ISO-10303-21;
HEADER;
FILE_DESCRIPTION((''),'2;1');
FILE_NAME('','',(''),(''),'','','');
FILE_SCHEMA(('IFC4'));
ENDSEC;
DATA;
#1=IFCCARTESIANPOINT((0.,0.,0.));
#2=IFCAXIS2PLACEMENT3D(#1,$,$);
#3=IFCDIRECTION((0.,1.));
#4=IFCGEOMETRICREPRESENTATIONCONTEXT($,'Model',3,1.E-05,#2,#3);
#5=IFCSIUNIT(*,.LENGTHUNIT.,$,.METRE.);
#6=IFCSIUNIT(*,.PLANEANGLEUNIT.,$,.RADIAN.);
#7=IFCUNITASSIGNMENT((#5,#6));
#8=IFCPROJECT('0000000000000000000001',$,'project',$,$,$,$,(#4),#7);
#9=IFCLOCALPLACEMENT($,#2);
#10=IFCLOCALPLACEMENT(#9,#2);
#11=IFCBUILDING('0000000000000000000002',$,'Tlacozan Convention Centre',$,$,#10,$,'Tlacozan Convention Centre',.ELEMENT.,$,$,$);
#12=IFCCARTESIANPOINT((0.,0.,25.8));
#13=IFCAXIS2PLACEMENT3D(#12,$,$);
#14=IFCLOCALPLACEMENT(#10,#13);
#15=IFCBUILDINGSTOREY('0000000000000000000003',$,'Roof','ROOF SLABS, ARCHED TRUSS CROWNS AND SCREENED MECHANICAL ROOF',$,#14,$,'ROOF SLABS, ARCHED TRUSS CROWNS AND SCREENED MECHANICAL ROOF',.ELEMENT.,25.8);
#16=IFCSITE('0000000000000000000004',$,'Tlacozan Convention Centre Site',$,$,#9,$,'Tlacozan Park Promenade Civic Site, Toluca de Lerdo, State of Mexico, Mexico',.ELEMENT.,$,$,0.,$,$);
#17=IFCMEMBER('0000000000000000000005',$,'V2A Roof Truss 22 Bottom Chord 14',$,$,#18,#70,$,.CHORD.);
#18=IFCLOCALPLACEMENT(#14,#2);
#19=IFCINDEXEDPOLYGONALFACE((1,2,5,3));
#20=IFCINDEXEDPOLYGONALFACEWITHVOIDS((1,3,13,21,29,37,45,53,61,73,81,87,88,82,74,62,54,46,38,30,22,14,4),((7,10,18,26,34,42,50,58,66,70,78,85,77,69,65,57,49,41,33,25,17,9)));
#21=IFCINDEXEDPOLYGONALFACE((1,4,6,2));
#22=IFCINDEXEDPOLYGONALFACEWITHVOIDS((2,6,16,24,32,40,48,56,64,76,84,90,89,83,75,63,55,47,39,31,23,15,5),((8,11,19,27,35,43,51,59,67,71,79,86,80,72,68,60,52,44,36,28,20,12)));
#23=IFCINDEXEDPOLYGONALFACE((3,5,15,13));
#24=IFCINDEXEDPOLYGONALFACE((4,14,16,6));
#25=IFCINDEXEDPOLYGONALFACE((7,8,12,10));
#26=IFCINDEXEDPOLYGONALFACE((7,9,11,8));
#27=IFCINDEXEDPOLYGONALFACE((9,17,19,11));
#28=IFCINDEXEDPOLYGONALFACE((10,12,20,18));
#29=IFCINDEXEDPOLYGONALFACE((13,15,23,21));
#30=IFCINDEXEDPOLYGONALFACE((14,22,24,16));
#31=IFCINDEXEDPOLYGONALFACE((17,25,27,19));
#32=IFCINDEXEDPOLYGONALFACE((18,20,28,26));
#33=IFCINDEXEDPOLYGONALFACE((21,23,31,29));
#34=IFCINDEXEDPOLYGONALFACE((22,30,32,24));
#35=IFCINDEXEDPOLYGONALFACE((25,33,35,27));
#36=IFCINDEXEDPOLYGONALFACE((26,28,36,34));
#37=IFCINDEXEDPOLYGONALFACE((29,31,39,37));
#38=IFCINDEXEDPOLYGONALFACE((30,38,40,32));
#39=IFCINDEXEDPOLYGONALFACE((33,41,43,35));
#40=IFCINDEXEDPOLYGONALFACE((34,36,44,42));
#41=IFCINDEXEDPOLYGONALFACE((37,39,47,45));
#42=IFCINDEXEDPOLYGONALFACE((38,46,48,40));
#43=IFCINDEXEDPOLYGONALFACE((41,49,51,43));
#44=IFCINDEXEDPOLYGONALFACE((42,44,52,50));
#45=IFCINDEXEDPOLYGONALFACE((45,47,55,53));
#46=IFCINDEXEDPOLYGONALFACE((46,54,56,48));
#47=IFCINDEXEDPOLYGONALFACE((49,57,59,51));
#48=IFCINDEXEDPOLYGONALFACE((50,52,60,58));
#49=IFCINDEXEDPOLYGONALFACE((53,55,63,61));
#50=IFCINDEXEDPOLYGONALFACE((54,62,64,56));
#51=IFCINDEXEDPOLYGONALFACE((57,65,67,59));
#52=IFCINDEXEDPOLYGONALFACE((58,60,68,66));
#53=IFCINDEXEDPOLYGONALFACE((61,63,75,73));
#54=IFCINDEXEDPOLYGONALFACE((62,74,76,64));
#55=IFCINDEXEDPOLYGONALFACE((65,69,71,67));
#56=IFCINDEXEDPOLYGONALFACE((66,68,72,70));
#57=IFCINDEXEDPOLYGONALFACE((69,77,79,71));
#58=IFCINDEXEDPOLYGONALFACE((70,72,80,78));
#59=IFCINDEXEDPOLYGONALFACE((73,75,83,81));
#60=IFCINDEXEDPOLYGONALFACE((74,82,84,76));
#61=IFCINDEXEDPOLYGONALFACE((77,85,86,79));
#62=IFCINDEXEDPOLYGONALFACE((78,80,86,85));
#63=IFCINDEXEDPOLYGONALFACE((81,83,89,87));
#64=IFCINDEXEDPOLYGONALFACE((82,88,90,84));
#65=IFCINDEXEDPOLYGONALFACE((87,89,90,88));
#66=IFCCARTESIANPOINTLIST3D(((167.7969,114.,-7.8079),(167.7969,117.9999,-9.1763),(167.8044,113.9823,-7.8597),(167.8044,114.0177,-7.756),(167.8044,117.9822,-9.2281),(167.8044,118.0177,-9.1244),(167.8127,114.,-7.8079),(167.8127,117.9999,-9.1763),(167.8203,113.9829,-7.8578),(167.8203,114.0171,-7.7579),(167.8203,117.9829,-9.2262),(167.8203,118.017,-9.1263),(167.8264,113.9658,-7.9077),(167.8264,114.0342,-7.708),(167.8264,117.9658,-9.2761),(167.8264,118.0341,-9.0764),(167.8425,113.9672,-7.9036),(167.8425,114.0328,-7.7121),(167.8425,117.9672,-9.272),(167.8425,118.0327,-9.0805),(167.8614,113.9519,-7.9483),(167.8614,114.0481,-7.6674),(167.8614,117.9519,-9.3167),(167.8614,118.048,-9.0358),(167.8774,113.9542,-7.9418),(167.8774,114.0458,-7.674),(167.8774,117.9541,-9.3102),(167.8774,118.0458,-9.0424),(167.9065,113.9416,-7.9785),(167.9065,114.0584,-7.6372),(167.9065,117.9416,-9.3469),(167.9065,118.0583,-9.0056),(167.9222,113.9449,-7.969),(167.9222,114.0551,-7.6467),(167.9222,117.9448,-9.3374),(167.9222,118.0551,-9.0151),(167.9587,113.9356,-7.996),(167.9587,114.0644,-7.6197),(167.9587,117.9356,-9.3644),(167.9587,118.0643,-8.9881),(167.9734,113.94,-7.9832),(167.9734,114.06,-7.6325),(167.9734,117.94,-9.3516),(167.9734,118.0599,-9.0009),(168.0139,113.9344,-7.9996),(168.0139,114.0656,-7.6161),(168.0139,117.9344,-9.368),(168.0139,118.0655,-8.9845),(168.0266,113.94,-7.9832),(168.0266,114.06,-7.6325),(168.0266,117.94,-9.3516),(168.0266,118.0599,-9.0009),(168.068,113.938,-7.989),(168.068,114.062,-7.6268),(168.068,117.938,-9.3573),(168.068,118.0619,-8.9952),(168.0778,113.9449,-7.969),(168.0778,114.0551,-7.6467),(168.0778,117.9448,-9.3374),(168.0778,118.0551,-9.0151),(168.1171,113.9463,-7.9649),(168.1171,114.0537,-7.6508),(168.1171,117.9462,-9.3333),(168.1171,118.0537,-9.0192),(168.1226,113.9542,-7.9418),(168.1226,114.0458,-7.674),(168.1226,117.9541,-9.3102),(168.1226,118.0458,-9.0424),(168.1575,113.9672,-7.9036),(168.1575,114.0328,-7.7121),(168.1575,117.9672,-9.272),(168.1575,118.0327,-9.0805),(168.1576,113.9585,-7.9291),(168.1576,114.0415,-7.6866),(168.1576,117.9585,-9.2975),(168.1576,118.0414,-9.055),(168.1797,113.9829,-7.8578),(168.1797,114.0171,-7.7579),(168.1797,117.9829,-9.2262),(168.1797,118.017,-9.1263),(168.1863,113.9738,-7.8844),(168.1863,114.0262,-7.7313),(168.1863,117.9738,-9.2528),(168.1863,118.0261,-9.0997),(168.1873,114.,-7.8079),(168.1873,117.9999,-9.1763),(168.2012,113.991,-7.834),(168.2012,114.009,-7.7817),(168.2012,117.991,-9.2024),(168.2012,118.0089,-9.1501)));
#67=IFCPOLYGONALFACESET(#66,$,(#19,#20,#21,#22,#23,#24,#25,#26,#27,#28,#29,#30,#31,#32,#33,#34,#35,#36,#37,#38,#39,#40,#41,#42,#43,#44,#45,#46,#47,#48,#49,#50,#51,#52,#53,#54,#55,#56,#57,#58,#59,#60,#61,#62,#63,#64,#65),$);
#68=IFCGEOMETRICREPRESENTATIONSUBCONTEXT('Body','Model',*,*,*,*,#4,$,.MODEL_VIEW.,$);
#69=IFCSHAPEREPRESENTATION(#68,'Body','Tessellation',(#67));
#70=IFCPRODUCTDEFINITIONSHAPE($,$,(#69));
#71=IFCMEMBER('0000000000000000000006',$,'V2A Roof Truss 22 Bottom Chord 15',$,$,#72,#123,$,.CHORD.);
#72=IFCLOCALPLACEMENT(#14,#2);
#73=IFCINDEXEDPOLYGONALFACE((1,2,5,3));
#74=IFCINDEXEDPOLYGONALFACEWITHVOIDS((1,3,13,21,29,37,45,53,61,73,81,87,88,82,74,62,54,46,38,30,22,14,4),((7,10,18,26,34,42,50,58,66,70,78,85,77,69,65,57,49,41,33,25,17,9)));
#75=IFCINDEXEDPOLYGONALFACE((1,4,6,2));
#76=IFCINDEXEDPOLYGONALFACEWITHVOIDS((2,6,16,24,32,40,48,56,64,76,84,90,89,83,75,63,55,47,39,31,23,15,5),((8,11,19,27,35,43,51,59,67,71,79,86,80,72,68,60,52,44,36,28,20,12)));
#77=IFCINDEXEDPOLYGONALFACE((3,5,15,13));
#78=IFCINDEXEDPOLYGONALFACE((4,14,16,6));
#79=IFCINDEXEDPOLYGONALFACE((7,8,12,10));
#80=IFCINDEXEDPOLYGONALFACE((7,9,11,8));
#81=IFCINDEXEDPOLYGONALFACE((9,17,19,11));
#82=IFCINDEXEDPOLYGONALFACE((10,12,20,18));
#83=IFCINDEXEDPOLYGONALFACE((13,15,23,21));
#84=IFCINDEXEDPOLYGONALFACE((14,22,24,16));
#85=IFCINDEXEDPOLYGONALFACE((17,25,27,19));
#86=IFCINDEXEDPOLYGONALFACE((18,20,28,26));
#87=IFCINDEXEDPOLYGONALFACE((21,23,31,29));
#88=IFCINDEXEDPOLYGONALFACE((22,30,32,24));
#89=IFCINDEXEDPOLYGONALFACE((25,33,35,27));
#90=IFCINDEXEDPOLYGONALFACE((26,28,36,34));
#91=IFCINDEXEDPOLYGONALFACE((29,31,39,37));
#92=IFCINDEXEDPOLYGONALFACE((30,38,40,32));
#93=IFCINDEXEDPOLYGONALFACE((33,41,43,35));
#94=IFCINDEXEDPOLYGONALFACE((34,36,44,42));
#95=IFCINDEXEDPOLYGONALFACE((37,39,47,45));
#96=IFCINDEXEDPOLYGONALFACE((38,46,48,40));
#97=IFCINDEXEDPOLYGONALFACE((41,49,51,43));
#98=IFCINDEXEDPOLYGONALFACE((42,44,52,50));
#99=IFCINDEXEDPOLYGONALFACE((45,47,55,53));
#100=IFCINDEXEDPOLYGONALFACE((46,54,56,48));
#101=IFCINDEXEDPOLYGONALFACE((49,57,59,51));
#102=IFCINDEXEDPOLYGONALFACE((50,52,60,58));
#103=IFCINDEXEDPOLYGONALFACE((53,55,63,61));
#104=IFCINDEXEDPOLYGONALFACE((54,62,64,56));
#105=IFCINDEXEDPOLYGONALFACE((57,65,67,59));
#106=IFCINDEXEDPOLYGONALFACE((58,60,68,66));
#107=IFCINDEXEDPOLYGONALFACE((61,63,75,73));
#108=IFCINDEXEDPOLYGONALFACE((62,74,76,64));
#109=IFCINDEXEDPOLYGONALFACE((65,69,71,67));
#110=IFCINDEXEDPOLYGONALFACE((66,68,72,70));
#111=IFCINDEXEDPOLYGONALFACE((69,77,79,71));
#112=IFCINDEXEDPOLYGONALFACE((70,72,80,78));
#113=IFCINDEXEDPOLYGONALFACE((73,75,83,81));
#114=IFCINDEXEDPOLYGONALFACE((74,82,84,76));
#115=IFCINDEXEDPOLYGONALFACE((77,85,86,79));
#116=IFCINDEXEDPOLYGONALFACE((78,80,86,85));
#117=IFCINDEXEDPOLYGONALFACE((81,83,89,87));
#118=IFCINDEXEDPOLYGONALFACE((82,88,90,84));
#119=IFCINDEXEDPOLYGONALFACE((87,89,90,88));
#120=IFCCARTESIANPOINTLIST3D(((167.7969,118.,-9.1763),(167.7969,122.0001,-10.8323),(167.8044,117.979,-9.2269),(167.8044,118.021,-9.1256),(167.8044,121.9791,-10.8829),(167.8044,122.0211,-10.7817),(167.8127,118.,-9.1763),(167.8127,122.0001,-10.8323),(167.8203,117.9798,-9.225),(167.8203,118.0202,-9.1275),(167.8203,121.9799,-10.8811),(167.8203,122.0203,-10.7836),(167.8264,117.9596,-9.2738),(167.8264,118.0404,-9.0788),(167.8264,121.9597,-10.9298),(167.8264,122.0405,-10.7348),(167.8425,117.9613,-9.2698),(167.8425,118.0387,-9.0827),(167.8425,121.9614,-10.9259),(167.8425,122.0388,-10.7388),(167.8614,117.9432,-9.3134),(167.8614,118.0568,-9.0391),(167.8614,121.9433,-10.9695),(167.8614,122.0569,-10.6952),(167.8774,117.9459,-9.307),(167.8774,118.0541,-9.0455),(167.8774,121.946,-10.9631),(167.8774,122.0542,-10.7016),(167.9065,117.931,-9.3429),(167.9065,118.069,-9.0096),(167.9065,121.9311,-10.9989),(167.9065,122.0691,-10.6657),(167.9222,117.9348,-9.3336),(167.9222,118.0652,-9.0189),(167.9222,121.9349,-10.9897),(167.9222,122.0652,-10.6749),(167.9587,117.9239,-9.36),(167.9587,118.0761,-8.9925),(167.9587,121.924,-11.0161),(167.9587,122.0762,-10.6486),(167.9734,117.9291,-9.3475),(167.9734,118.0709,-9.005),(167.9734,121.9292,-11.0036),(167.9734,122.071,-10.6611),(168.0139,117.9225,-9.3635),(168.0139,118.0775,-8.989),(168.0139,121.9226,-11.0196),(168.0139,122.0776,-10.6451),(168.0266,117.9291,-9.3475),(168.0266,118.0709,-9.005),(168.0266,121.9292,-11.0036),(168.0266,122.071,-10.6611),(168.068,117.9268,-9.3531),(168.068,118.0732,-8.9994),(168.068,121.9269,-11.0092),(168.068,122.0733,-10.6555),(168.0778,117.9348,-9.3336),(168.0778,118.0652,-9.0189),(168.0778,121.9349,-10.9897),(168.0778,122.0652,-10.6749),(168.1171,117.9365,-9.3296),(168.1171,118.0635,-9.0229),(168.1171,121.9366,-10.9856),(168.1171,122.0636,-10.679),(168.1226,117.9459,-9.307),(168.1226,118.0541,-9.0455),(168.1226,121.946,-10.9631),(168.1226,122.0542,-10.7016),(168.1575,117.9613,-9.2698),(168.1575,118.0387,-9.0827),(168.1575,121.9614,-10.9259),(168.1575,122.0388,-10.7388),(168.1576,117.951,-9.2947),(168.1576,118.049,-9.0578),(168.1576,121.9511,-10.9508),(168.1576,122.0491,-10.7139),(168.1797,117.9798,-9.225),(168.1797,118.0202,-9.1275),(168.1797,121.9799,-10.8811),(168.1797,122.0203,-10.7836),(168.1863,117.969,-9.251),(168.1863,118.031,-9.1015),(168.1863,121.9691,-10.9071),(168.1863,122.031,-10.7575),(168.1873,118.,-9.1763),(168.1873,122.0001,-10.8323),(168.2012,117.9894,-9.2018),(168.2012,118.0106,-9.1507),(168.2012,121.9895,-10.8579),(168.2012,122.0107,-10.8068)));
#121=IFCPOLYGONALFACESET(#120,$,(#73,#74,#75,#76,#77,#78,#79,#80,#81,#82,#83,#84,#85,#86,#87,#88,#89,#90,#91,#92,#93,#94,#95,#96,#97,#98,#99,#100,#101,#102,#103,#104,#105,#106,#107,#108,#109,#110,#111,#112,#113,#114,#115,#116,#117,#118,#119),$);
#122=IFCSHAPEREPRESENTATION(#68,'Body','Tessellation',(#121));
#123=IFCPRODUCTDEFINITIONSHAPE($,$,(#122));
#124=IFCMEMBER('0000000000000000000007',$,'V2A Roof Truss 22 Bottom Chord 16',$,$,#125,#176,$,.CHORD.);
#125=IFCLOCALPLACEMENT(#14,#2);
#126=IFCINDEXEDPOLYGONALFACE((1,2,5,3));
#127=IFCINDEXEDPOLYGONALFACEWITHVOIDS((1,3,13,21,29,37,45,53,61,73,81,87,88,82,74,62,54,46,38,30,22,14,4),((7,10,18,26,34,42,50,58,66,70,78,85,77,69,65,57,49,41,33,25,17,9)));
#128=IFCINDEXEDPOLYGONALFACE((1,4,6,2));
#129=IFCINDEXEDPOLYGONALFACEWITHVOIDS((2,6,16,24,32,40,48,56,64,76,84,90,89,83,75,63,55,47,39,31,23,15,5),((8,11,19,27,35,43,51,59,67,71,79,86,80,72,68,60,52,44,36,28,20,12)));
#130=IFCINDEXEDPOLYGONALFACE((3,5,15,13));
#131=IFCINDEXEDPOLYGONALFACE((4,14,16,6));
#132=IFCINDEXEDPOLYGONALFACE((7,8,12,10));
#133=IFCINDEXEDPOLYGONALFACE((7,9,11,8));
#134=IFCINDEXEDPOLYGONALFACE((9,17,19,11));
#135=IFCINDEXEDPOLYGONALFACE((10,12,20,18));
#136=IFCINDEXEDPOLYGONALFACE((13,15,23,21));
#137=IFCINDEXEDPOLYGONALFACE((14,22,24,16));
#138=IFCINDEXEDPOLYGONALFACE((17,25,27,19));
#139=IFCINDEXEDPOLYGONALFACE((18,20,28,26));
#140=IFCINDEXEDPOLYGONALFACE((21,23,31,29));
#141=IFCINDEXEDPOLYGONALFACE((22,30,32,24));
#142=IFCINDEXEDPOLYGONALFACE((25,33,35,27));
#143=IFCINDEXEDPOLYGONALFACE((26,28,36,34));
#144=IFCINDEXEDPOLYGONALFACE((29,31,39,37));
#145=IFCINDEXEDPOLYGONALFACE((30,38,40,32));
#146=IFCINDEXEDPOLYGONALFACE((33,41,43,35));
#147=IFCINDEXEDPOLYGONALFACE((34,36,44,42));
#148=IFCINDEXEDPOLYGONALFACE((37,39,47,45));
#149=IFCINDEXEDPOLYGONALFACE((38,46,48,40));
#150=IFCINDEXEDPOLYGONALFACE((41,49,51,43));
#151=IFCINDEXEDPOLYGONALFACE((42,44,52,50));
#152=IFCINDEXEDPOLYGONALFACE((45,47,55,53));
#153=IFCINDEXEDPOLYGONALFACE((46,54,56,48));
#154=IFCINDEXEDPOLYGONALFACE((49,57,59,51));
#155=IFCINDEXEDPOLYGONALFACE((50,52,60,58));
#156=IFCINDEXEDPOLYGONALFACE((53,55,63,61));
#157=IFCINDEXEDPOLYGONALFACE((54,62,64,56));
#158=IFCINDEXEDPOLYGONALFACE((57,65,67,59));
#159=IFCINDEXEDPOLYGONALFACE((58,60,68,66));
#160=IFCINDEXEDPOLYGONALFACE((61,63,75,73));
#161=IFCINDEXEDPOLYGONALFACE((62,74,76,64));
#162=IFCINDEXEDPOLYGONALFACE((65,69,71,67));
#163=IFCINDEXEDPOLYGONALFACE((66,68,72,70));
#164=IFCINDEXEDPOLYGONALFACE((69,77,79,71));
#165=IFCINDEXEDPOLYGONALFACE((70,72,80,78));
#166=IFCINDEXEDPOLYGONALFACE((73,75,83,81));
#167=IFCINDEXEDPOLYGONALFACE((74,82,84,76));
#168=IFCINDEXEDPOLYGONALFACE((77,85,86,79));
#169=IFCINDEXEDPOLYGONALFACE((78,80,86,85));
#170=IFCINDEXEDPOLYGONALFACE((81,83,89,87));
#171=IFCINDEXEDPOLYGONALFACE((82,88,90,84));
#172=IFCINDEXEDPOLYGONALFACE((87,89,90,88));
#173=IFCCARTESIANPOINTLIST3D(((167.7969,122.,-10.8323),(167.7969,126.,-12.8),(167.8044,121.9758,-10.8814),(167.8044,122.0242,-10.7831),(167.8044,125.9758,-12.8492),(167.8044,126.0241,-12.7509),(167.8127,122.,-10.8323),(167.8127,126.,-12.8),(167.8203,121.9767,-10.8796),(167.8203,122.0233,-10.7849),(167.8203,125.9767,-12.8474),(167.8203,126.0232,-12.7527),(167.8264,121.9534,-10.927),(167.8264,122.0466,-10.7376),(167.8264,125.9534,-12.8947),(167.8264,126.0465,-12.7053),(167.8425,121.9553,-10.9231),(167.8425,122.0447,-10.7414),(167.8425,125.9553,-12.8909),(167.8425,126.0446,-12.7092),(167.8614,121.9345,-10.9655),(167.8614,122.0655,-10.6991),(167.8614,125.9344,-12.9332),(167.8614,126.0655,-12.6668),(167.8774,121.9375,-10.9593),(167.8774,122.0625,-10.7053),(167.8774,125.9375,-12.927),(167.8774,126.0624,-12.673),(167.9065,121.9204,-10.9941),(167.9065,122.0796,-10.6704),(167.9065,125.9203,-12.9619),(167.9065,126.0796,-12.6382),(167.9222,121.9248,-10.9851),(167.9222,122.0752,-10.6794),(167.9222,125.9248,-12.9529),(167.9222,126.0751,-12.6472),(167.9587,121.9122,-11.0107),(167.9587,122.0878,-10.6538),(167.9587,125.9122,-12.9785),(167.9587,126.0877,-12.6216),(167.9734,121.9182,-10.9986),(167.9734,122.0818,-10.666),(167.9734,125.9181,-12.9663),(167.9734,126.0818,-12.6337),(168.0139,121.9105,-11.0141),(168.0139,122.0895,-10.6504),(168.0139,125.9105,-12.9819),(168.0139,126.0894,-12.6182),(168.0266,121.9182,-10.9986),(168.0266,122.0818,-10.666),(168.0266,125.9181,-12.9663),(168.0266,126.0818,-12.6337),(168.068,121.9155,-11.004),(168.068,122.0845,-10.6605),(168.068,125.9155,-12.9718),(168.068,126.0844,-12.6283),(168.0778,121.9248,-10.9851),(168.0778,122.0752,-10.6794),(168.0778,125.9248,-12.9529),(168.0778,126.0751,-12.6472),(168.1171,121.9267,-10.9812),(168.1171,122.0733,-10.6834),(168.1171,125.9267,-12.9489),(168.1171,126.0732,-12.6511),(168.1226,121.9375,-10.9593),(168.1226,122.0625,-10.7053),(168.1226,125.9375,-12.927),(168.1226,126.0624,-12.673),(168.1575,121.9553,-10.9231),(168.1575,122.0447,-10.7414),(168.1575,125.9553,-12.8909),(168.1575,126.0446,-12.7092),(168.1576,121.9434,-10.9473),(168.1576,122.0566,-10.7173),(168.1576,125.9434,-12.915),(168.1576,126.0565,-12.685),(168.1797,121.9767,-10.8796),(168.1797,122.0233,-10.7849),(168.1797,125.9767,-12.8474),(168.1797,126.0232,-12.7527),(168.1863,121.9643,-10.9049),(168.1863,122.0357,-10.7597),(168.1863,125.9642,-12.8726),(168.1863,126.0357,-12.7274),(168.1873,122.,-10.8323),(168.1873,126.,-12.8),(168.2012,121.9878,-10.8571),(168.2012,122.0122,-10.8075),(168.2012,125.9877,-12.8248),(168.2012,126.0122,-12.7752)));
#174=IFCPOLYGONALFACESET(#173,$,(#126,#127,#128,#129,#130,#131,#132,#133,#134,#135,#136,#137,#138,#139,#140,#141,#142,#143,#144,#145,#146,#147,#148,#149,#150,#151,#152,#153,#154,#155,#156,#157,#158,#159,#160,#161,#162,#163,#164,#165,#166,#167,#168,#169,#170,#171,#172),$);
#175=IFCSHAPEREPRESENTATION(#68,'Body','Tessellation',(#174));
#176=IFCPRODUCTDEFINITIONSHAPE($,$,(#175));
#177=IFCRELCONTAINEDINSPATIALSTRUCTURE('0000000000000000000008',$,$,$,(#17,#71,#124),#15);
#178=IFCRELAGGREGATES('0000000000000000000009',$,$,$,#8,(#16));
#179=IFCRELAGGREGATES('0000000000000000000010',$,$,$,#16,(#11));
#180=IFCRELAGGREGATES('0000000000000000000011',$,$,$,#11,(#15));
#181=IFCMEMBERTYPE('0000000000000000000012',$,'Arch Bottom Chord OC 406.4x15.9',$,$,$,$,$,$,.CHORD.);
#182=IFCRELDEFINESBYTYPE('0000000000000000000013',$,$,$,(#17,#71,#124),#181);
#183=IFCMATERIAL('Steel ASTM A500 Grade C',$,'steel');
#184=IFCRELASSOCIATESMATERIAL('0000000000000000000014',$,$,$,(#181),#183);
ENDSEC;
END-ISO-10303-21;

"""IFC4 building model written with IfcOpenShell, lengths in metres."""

from ifc_helpers import new_model, si_unit, direction, frame, origin, origin_2d, place, context, subcontext, project, spatial, hollow_circle, extrude, material, material_profile, profile_set, type_object, element, save


model = new_model("IFC4")

# Units and contexts
model_context = context("Model", 3, precision=1e-05, world=origin(), true_north=direction((0.0, 1.0)))
body_context = subcontext(model_context, "Body", "Model", "MODEL_VIEW")
ifc_project = project(units=[si_unit("LENGTHUNIT", "METRE"), si_unit("PLANEANGLEUNIT", "RADIAN")], contexts=[model_context])

# Site, building, storey
site_placement = place(None, origin())
site = spatial("IfcSite", under=ifc_project, at=site_placement, Name="Tlacozan Convention Centre Site", LongName="Tlacozan Park Promenade Civic Site, Toluca de Lerdo, State of Mexico, Mexico", CompositionType="ELEMENT", RefElevation=0.0)
building_placement = place(site_placement, origin())
building = spatial("IfcBuilding", under=site, at=building_placement, Name="Tlacozan Convention Centre", LongName="Tlacozan Convention Centre", CompositionType="ELEMENT")
storey_placement = place(building_placement, frame((0.0, 0.0, 25.8)))
storey = spatial("IfcBuildingStorey", under=building, at=storey_placement, Name="Roof", Description="ROOF SLABS, ARCHED TRUSS CROWNS AND SCREENED MECHANICAL ROOF", LongName="ROOF SLABS, ARCHED TRUSS CROWNS AND SCREENED MECHANICAL ROOF", CompositionType="ELEMENT", Elevation=25.8)

# Members
ifc_material_1 = material(Name="Steel ASTM A500 Grade C", Category="steel")
ifc_material_profile_1 = material_profile(ifc_material_1, hollow_circle(Radius=0.2031, WallThickness=0.0159, at=origin_2d()), Name="OC 406.4x15.9")
ifc_profile_set_1 = profile_set([ifc_material_profile_1], Name="Steel ASTM A500 Grade C")
member_type_1 = type_object("IfcMemberType", Name="Arch Bottom Chord OC 406.4x15.9", PredefinedType="CHORD", material=ifc_profile_set_1)
member_1_placement = place(storey_placement, frame((168.0, 114.0, -7.8079), z_axis=(0.0, 0.946165, -0.323685), x_axis=(-1.0, 0.0, 0.0)))
element("IfcMember", 1, at=member_1_placement, inside=storey, type_object=member_type_1, Name="V2A Roof Truss 22 Bottom Chord 14", PredefinedType="CHORD", context=body_context, shape_type="SweptSolid", body=[
    extrude(hollow_circle(Radius=0.2031, WallThickness=0.0159, at=origin_2d()), origin(), (0.0, 0.0, 1.0), 4.2275),
])
member_2_placement = place(storey_placement, frame((168.0, 118.0, -9.1763), z_axis=(0.0, 0.923949, -0.382516), x_axis=(-1.0, 0.0, 0.0)))
element("IfcMember", 2, at=member_2_placement, inside=storey, type_object=member_type_1, Name="V2A Roof Truss 22 Bottom Chord 15", PredefinedType="CHORD", context=body_context, shape_type="SweptSolid", body=[
    extrude(hollow_circle(Radius=0.2031, WallThickness=0.0159, at=origin_2d()), origin(), (0.0, 0.0, 1.0), 4.3293),
])
member_3_placement = place(storey_placement, frame((168.0, 122.0, -10.8323), z_axis=(0.0, 0.8973, -0.441421), x_axis=(-1.0, 0.0, 0.0)))
element("IfcMember", 3, at=member_3_placement, inside=storey, type_object=member_type_1, Name="V2A Roof Truss 22 Bottom Chord 16", PredefinedType="CHORD", context=body_context, shape_type="SweptSolid", body=[
    extrude(hollow_circle(Radius=0.2031, WallThickness=0.0159, at=origin_2d()), origin(), (0.0, 0.0, 1.0), 4.4578),
])

save(model, "model.ifc")
